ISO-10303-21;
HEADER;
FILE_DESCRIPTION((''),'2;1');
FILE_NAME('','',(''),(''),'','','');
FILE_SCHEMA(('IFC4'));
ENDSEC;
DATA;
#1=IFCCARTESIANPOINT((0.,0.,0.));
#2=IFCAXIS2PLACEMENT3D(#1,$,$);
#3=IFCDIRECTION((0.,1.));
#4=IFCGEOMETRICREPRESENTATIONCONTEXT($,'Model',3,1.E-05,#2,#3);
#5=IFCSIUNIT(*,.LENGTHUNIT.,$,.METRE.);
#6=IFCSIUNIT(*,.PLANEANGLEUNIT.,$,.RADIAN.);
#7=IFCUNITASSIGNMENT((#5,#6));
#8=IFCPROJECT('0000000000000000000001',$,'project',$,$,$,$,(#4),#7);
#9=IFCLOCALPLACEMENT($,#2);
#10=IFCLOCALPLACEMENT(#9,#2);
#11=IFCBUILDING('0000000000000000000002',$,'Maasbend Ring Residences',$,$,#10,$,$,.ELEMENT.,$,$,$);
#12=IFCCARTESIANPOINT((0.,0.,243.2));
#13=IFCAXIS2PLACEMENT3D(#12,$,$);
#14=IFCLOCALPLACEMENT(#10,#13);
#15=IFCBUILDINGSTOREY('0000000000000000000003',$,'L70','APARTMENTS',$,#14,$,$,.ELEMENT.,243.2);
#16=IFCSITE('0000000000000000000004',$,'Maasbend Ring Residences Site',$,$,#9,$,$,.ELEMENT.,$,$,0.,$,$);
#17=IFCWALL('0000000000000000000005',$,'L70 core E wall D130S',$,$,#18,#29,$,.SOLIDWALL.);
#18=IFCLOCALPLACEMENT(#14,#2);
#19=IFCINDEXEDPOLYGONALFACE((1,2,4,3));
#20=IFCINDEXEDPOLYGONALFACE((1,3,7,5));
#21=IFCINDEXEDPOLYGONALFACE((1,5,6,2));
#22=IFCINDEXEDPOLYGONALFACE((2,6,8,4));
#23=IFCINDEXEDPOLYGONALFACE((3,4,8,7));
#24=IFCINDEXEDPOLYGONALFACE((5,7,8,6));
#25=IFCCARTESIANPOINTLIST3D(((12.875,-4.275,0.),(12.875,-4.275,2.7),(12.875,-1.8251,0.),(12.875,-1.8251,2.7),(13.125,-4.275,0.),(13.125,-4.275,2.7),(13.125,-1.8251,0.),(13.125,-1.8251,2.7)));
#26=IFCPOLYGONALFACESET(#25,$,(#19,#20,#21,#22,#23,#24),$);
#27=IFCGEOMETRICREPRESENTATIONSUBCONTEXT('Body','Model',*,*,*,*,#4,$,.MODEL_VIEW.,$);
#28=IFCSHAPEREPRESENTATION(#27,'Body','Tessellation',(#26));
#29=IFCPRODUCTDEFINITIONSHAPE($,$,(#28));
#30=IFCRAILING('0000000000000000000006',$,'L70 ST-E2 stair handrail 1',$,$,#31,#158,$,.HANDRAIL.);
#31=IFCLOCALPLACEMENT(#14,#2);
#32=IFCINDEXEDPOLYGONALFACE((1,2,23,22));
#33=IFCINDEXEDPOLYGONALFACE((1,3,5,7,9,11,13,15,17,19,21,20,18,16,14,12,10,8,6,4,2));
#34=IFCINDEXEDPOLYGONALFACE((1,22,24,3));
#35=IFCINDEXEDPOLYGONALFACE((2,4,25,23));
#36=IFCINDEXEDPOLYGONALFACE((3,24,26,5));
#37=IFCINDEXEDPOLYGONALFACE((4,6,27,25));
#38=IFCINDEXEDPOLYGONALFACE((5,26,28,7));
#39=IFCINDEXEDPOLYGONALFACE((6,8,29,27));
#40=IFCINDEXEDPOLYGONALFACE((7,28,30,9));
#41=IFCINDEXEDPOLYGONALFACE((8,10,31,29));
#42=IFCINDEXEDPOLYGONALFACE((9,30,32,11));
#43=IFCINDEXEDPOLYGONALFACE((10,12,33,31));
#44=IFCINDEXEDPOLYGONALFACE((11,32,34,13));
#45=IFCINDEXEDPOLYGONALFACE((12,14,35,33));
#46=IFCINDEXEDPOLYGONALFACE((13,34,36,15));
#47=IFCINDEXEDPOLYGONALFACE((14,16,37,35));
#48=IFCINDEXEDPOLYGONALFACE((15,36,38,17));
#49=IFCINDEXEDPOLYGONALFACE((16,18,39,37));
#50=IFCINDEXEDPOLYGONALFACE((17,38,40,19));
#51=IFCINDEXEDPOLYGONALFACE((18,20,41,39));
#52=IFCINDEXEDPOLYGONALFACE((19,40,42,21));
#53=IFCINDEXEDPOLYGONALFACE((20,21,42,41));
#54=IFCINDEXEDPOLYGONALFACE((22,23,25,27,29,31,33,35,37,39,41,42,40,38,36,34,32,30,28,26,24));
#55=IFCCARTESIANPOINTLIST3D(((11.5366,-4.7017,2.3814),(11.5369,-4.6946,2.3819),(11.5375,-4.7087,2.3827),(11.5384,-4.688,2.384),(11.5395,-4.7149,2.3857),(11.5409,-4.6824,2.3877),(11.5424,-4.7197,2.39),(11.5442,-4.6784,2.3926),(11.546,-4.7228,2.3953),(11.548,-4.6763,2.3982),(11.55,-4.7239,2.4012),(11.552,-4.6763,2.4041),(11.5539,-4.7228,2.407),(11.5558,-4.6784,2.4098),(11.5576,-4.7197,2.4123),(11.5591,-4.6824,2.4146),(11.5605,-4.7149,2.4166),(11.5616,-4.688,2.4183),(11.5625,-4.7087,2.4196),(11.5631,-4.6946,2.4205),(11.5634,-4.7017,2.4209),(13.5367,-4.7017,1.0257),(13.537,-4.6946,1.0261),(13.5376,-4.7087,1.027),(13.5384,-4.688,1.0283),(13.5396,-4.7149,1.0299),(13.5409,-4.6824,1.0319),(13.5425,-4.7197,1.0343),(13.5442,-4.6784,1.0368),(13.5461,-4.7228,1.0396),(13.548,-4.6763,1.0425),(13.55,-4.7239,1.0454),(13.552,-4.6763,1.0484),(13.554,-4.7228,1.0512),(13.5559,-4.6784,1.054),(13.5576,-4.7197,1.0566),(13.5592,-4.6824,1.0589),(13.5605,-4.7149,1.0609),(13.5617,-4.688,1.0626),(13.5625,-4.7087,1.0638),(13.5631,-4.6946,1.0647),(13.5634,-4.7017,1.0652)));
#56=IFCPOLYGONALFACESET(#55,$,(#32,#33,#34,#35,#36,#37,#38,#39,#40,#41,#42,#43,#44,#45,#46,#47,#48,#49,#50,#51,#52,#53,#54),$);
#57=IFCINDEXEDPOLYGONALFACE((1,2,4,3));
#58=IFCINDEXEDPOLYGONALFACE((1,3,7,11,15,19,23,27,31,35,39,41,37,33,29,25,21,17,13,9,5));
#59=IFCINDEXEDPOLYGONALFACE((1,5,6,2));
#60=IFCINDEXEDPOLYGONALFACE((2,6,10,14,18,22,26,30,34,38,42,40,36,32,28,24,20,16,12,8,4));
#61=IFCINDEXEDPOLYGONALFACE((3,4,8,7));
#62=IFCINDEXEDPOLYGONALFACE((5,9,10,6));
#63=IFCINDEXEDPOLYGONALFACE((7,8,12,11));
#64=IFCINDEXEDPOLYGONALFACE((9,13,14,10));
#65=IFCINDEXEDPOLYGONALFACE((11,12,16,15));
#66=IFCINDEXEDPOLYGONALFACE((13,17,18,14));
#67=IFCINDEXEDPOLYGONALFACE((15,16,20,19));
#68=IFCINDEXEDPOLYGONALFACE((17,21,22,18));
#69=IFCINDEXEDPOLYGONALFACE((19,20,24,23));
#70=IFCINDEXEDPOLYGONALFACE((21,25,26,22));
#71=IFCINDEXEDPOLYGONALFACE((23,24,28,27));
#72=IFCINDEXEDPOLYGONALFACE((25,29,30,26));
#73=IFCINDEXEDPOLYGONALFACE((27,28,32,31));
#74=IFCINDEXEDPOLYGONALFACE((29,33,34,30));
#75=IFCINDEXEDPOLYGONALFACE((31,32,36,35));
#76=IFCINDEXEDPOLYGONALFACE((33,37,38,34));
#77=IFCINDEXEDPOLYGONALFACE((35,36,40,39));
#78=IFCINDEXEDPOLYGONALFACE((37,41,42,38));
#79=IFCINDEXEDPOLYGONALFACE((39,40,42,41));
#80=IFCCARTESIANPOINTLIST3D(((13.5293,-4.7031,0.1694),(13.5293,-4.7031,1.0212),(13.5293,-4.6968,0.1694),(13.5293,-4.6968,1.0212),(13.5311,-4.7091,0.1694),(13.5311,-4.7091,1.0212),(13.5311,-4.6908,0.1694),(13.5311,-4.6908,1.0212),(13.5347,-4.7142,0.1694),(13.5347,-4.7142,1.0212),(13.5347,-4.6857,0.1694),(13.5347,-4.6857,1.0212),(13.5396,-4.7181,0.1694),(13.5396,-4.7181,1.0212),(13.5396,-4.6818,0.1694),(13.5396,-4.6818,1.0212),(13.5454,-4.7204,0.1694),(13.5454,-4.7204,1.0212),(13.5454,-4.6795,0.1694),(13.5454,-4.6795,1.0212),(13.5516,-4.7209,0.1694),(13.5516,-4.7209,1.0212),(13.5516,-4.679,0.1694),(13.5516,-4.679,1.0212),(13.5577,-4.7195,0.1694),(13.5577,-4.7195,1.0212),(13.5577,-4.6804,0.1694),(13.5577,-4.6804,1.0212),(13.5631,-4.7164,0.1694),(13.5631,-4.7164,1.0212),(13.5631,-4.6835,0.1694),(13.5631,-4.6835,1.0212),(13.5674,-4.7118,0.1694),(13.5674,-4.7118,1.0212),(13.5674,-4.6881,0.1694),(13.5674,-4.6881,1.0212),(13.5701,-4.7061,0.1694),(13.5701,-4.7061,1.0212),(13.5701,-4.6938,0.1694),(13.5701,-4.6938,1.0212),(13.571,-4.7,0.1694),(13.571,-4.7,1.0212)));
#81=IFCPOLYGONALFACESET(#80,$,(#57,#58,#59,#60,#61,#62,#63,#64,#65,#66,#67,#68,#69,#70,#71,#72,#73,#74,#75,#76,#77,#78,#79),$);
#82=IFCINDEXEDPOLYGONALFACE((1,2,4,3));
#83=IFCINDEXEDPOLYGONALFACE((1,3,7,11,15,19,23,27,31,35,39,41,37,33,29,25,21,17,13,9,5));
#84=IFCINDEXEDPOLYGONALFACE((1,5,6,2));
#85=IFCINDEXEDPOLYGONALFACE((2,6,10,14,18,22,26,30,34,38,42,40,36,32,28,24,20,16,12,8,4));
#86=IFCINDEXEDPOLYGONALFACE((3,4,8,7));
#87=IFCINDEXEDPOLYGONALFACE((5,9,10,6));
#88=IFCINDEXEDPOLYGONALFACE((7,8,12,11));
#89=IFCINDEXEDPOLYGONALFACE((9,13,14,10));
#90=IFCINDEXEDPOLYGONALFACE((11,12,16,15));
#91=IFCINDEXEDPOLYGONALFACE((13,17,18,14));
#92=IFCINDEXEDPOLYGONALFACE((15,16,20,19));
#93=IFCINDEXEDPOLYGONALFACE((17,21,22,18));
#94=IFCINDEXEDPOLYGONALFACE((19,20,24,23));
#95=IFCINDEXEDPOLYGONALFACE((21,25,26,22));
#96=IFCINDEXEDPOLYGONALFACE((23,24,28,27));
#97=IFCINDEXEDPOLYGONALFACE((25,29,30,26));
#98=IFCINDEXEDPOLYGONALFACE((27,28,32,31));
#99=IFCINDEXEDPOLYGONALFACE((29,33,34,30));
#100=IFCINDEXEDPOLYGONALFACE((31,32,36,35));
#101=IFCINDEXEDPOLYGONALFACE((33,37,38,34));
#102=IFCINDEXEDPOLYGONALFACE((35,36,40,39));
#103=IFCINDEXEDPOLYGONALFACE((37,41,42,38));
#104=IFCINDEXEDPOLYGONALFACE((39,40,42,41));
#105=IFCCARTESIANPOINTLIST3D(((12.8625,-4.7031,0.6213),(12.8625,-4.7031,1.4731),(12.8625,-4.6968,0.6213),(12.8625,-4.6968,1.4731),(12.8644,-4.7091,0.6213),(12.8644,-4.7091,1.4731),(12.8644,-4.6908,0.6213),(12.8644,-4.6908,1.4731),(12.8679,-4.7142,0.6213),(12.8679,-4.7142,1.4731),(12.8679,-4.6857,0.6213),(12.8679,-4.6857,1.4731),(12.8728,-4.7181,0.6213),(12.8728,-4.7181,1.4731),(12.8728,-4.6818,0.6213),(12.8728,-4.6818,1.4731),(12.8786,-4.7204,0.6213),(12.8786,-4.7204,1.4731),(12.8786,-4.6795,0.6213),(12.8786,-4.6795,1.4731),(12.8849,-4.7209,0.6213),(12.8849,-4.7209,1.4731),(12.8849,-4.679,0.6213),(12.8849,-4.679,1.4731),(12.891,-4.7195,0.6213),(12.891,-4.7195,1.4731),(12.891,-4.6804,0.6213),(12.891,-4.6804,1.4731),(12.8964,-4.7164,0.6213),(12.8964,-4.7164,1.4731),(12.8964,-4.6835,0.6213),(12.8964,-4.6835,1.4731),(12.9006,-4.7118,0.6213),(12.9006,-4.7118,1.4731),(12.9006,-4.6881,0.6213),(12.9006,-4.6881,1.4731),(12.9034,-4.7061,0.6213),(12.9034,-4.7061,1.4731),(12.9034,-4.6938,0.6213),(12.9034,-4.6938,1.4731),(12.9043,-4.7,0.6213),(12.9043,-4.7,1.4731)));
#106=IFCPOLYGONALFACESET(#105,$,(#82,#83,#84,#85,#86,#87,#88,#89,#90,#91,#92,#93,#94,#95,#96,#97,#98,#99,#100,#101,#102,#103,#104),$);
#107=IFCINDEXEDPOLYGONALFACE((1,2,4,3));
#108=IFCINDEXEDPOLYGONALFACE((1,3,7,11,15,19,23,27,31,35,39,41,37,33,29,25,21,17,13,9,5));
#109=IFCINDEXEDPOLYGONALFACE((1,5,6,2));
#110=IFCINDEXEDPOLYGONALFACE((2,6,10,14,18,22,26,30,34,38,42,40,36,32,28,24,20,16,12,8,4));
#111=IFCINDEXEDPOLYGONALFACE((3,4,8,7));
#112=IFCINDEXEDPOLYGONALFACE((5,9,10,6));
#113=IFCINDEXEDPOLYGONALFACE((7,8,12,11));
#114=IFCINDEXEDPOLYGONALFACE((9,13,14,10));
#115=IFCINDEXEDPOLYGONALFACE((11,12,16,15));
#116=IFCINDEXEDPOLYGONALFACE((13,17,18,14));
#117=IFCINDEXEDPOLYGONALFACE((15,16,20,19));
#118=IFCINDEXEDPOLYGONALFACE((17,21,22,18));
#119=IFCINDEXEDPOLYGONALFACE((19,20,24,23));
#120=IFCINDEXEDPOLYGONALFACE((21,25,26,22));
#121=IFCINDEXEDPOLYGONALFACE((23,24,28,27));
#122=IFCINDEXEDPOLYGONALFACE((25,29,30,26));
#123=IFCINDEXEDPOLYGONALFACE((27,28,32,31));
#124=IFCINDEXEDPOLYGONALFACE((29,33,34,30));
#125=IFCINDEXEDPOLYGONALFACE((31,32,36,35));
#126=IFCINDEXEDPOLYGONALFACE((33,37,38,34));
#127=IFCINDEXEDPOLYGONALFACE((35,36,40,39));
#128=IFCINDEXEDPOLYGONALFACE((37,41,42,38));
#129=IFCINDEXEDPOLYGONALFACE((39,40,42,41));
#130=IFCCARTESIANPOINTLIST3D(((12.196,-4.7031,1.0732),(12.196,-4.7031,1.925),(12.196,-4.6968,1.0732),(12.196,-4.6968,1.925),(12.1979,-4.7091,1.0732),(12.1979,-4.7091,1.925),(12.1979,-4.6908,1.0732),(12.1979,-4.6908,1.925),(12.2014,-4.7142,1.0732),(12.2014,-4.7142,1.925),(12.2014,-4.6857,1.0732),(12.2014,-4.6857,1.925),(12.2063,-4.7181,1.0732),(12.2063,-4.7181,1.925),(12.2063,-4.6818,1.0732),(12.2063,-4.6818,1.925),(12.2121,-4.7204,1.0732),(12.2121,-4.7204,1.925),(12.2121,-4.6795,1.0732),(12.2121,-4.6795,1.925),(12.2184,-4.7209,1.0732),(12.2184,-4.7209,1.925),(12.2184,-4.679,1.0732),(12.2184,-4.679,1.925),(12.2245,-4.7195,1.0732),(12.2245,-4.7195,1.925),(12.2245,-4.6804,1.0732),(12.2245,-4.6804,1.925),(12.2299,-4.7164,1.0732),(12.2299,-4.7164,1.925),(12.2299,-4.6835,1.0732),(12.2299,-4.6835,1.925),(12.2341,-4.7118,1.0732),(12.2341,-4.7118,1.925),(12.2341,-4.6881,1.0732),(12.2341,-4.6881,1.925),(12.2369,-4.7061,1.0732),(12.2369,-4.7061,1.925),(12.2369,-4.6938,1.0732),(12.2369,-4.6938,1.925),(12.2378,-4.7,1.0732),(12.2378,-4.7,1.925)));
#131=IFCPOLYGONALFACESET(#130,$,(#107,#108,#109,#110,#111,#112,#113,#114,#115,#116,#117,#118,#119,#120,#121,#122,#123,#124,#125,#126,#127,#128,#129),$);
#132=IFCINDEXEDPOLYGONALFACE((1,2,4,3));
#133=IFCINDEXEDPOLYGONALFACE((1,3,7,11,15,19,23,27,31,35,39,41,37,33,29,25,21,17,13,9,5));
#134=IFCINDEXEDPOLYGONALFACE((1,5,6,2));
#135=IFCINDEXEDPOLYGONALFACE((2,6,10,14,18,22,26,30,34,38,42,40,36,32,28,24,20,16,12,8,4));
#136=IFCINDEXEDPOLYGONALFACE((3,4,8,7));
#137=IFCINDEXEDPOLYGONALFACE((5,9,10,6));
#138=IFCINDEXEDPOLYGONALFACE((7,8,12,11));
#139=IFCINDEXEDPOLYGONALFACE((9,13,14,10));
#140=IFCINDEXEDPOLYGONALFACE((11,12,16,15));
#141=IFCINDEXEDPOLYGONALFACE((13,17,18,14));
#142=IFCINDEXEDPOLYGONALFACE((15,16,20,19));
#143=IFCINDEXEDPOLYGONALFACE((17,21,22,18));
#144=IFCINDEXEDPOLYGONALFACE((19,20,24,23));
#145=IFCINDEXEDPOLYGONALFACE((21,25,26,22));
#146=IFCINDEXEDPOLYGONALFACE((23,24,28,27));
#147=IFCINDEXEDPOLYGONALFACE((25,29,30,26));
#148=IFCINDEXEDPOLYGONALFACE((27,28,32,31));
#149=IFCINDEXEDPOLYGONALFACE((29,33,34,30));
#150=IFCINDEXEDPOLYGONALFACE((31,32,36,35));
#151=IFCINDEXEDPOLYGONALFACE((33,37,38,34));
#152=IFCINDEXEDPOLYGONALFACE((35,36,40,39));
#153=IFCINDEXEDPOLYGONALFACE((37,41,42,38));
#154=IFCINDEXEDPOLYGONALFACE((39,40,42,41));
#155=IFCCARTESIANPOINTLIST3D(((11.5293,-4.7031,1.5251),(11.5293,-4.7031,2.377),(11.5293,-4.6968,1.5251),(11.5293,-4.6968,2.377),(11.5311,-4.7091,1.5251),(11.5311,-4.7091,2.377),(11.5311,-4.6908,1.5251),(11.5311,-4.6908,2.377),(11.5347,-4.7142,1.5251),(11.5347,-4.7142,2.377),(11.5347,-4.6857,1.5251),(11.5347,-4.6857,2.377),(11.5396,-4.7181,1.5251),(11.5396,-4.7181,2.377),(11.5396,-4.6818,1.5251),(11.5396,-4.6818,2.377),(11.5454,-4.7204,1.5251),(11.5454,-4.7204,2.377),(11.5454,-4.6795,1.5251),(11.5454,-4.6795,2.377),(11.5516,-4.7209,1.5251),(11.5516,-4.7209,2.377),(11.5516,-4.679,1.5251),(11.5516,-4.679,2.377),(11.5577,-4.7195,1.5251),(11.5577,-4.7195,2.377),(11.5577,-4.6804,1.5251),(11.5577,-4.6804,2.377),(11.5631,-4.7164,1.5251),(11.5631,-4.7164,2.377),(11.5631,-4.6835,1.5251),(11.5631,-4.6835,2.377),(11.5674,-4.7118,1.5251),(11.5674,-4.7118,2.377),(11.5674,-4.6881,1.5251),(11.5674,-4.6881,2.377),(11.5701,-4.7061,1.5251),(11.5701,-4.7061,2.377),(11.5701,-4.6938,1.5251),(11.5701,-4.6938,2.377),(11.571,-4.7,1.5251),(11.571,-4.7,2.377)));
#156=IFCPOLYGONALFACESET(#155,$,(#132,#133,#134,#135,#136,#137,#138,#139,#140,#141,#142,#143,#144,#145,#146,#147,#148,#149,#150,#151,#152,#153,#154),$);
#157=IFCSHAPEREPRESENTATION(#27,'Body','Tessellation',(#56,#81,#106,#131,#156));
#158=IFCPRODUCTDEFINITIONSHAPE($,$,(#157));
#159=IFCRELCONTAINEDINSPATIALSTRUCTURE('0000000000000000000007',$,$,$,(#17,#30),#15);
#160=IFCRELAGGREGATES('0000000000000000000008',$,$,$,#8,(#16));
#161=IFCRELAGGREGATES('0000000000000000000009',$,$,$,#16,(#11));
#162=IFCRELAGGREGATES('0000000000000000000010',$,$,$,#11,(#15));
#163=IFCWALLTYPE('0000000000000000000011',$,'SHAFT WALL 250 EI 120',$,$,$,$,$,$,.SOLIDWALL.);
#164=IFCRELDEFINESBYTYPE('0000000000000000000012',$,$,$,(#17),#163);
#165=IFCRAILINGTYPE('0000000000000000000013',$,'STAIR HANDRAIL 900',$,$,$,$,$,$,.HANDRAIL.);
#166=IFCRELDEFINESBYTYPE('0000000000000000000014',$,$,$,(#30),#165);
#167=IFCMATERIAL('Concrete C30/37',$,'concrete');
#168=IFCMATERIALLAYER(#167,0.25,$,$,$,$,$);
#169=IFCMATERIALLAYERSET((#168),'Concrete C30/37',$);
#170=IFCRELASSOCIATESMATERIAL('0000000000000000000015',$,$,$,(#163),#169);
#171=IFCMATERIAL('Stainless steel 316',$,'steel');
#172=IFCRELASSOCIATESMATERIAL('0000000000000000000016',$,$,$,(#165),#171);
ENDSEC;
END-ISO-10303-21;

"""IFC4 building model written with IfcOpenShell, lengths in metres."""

from ifc_helpers import new_model, si_unit, direction, frame, frame_2d, origin, origin_2d, place, context, subcontext, project, spatial, rectangle, circle, extrude, material, layer, layer_set, type_object, element, save


model = new_model("IFC4")

# Units and contexts
model_context = context("Model", 3, precision=1e-05, world=origin(), true_north=direction((0.0, 1.0)))
body_context = subcontext(model_context, "Body", "Model", "MODEL_VIEW")
ifc_project = project(units=[si_unit("LENGTHUNIT", "METRE"), si_unit("PLANEANGLEUNIT", "RADIAN")], contexts=[model_context])

# Site, building, storey
site_placement = place(None, origin())
site = spatial("IfcSite", under=ifc_project, at=site_placement, Name="Maasbend Ring Residences Site", CompositionType="ELEMENT", RefElevation=0.0)
building_placement = place(site_placement, origin())
building = spatial("IfcBuilding", under=site, at=building_placement, Name="Maasbend Ring Residences", CompositionType="ELEMENT")
storey_placement = place(building_placement, frame((0.0, 0.0, 243.2)))
storey = spatial("IfcBuildingStorey", under=building, at=storey_placement, Name="L70", Description="APARTMENTS", CompositionType="ELEMENT", Elevation=243.2)

# Wall
ifc_material_1 = material(Name="Concrete C30/37", Category="concrete")
ifc_layer_1 = layer(ifc_material_1, 0.25)
ifc_layer_set_1 = layer_set([ifc_layer_1], Name="Concrete C30/37")
wall_type_1 = type_object("IfcWallType", Name="SHAFT WALL 250 EI 120", PredefinedType="SOLIDWALL", material=ifc_layer_set_1)
for number, where, z_axis, x_axis, name in (
    (1, (13.0, -1.825, 0.0), (0.0, 0.0, 1.0), (0.0, -1.0, 0.0), "L70 core E wall D130S"),
):
    element("IfcWall", number, at=place(storey_placement, frame(where, z_axis=z_axis, x_axis=x_axis)), inside=storey, type_object=wall_type_1, Name=name, PredefinedType="SOLIDWALL", context=body_context, shape_type="SweptSolid", body=[
        extrude(rectangle(XDim=2.45, YDim=0.25, at=frame_2d((1.2251, 0.0))), origin(), (0.0, 0.0, 1.0), 2.7),
    ])

# Railing
ifc_material_2 = material(Name="Stainless steel 316", Category="steel")
railing_type_1 = type_object("IfcRailingType", Name="STAIR HANDRAIL 900", PredefinedType="HANDRAIL", material=ifc_material_2)
railing_1_placement = place(storey_placement, frame((13.55, -4.7, 0.1694)))
element("IfcRailing", 2, at=railing_1_placement, inside=storey, type_object=railing_type_1, Name="L70 ST-E2 stair handrail 1", PredefinedType="HANDRAIL", context=body_context, shape_type="SweptSolid", body=[
    extrude(circle(Radius=0.0239, at=origin_2d()), frame((0.0, 0.0, 0.876), z_axis=(-0.827751, 0.0, 0.561096), x_axis=(0.0, -1.0, 0.0)), (0.0, 0.0, 1.0), 2.4163),
    extrude(circle(Radius=0.021, at=origin_2d()), origin(), (0.0, 0.0, 1.0), 0.8518),
    extrude(circle(Radius=0.021, at=origin_2d()), frame((-0.6667, 0.0, 0.4519)), (0.0, 0.0, 1.0), 0.8518),
    extrude(circle(Radius=0.021, at=origin_2d()), frame((-1.3333, 0.0, 0.9038)), (0.0, 0.0, 1.0), 0.8518),
    extrude(circle(Radius=0.021, at=origin_2d()), frame((-2.0, 0.0, 1.3557)), (0.0, 0.0, 1.0), 0.8518),
])

save(model, "model.ifc")
